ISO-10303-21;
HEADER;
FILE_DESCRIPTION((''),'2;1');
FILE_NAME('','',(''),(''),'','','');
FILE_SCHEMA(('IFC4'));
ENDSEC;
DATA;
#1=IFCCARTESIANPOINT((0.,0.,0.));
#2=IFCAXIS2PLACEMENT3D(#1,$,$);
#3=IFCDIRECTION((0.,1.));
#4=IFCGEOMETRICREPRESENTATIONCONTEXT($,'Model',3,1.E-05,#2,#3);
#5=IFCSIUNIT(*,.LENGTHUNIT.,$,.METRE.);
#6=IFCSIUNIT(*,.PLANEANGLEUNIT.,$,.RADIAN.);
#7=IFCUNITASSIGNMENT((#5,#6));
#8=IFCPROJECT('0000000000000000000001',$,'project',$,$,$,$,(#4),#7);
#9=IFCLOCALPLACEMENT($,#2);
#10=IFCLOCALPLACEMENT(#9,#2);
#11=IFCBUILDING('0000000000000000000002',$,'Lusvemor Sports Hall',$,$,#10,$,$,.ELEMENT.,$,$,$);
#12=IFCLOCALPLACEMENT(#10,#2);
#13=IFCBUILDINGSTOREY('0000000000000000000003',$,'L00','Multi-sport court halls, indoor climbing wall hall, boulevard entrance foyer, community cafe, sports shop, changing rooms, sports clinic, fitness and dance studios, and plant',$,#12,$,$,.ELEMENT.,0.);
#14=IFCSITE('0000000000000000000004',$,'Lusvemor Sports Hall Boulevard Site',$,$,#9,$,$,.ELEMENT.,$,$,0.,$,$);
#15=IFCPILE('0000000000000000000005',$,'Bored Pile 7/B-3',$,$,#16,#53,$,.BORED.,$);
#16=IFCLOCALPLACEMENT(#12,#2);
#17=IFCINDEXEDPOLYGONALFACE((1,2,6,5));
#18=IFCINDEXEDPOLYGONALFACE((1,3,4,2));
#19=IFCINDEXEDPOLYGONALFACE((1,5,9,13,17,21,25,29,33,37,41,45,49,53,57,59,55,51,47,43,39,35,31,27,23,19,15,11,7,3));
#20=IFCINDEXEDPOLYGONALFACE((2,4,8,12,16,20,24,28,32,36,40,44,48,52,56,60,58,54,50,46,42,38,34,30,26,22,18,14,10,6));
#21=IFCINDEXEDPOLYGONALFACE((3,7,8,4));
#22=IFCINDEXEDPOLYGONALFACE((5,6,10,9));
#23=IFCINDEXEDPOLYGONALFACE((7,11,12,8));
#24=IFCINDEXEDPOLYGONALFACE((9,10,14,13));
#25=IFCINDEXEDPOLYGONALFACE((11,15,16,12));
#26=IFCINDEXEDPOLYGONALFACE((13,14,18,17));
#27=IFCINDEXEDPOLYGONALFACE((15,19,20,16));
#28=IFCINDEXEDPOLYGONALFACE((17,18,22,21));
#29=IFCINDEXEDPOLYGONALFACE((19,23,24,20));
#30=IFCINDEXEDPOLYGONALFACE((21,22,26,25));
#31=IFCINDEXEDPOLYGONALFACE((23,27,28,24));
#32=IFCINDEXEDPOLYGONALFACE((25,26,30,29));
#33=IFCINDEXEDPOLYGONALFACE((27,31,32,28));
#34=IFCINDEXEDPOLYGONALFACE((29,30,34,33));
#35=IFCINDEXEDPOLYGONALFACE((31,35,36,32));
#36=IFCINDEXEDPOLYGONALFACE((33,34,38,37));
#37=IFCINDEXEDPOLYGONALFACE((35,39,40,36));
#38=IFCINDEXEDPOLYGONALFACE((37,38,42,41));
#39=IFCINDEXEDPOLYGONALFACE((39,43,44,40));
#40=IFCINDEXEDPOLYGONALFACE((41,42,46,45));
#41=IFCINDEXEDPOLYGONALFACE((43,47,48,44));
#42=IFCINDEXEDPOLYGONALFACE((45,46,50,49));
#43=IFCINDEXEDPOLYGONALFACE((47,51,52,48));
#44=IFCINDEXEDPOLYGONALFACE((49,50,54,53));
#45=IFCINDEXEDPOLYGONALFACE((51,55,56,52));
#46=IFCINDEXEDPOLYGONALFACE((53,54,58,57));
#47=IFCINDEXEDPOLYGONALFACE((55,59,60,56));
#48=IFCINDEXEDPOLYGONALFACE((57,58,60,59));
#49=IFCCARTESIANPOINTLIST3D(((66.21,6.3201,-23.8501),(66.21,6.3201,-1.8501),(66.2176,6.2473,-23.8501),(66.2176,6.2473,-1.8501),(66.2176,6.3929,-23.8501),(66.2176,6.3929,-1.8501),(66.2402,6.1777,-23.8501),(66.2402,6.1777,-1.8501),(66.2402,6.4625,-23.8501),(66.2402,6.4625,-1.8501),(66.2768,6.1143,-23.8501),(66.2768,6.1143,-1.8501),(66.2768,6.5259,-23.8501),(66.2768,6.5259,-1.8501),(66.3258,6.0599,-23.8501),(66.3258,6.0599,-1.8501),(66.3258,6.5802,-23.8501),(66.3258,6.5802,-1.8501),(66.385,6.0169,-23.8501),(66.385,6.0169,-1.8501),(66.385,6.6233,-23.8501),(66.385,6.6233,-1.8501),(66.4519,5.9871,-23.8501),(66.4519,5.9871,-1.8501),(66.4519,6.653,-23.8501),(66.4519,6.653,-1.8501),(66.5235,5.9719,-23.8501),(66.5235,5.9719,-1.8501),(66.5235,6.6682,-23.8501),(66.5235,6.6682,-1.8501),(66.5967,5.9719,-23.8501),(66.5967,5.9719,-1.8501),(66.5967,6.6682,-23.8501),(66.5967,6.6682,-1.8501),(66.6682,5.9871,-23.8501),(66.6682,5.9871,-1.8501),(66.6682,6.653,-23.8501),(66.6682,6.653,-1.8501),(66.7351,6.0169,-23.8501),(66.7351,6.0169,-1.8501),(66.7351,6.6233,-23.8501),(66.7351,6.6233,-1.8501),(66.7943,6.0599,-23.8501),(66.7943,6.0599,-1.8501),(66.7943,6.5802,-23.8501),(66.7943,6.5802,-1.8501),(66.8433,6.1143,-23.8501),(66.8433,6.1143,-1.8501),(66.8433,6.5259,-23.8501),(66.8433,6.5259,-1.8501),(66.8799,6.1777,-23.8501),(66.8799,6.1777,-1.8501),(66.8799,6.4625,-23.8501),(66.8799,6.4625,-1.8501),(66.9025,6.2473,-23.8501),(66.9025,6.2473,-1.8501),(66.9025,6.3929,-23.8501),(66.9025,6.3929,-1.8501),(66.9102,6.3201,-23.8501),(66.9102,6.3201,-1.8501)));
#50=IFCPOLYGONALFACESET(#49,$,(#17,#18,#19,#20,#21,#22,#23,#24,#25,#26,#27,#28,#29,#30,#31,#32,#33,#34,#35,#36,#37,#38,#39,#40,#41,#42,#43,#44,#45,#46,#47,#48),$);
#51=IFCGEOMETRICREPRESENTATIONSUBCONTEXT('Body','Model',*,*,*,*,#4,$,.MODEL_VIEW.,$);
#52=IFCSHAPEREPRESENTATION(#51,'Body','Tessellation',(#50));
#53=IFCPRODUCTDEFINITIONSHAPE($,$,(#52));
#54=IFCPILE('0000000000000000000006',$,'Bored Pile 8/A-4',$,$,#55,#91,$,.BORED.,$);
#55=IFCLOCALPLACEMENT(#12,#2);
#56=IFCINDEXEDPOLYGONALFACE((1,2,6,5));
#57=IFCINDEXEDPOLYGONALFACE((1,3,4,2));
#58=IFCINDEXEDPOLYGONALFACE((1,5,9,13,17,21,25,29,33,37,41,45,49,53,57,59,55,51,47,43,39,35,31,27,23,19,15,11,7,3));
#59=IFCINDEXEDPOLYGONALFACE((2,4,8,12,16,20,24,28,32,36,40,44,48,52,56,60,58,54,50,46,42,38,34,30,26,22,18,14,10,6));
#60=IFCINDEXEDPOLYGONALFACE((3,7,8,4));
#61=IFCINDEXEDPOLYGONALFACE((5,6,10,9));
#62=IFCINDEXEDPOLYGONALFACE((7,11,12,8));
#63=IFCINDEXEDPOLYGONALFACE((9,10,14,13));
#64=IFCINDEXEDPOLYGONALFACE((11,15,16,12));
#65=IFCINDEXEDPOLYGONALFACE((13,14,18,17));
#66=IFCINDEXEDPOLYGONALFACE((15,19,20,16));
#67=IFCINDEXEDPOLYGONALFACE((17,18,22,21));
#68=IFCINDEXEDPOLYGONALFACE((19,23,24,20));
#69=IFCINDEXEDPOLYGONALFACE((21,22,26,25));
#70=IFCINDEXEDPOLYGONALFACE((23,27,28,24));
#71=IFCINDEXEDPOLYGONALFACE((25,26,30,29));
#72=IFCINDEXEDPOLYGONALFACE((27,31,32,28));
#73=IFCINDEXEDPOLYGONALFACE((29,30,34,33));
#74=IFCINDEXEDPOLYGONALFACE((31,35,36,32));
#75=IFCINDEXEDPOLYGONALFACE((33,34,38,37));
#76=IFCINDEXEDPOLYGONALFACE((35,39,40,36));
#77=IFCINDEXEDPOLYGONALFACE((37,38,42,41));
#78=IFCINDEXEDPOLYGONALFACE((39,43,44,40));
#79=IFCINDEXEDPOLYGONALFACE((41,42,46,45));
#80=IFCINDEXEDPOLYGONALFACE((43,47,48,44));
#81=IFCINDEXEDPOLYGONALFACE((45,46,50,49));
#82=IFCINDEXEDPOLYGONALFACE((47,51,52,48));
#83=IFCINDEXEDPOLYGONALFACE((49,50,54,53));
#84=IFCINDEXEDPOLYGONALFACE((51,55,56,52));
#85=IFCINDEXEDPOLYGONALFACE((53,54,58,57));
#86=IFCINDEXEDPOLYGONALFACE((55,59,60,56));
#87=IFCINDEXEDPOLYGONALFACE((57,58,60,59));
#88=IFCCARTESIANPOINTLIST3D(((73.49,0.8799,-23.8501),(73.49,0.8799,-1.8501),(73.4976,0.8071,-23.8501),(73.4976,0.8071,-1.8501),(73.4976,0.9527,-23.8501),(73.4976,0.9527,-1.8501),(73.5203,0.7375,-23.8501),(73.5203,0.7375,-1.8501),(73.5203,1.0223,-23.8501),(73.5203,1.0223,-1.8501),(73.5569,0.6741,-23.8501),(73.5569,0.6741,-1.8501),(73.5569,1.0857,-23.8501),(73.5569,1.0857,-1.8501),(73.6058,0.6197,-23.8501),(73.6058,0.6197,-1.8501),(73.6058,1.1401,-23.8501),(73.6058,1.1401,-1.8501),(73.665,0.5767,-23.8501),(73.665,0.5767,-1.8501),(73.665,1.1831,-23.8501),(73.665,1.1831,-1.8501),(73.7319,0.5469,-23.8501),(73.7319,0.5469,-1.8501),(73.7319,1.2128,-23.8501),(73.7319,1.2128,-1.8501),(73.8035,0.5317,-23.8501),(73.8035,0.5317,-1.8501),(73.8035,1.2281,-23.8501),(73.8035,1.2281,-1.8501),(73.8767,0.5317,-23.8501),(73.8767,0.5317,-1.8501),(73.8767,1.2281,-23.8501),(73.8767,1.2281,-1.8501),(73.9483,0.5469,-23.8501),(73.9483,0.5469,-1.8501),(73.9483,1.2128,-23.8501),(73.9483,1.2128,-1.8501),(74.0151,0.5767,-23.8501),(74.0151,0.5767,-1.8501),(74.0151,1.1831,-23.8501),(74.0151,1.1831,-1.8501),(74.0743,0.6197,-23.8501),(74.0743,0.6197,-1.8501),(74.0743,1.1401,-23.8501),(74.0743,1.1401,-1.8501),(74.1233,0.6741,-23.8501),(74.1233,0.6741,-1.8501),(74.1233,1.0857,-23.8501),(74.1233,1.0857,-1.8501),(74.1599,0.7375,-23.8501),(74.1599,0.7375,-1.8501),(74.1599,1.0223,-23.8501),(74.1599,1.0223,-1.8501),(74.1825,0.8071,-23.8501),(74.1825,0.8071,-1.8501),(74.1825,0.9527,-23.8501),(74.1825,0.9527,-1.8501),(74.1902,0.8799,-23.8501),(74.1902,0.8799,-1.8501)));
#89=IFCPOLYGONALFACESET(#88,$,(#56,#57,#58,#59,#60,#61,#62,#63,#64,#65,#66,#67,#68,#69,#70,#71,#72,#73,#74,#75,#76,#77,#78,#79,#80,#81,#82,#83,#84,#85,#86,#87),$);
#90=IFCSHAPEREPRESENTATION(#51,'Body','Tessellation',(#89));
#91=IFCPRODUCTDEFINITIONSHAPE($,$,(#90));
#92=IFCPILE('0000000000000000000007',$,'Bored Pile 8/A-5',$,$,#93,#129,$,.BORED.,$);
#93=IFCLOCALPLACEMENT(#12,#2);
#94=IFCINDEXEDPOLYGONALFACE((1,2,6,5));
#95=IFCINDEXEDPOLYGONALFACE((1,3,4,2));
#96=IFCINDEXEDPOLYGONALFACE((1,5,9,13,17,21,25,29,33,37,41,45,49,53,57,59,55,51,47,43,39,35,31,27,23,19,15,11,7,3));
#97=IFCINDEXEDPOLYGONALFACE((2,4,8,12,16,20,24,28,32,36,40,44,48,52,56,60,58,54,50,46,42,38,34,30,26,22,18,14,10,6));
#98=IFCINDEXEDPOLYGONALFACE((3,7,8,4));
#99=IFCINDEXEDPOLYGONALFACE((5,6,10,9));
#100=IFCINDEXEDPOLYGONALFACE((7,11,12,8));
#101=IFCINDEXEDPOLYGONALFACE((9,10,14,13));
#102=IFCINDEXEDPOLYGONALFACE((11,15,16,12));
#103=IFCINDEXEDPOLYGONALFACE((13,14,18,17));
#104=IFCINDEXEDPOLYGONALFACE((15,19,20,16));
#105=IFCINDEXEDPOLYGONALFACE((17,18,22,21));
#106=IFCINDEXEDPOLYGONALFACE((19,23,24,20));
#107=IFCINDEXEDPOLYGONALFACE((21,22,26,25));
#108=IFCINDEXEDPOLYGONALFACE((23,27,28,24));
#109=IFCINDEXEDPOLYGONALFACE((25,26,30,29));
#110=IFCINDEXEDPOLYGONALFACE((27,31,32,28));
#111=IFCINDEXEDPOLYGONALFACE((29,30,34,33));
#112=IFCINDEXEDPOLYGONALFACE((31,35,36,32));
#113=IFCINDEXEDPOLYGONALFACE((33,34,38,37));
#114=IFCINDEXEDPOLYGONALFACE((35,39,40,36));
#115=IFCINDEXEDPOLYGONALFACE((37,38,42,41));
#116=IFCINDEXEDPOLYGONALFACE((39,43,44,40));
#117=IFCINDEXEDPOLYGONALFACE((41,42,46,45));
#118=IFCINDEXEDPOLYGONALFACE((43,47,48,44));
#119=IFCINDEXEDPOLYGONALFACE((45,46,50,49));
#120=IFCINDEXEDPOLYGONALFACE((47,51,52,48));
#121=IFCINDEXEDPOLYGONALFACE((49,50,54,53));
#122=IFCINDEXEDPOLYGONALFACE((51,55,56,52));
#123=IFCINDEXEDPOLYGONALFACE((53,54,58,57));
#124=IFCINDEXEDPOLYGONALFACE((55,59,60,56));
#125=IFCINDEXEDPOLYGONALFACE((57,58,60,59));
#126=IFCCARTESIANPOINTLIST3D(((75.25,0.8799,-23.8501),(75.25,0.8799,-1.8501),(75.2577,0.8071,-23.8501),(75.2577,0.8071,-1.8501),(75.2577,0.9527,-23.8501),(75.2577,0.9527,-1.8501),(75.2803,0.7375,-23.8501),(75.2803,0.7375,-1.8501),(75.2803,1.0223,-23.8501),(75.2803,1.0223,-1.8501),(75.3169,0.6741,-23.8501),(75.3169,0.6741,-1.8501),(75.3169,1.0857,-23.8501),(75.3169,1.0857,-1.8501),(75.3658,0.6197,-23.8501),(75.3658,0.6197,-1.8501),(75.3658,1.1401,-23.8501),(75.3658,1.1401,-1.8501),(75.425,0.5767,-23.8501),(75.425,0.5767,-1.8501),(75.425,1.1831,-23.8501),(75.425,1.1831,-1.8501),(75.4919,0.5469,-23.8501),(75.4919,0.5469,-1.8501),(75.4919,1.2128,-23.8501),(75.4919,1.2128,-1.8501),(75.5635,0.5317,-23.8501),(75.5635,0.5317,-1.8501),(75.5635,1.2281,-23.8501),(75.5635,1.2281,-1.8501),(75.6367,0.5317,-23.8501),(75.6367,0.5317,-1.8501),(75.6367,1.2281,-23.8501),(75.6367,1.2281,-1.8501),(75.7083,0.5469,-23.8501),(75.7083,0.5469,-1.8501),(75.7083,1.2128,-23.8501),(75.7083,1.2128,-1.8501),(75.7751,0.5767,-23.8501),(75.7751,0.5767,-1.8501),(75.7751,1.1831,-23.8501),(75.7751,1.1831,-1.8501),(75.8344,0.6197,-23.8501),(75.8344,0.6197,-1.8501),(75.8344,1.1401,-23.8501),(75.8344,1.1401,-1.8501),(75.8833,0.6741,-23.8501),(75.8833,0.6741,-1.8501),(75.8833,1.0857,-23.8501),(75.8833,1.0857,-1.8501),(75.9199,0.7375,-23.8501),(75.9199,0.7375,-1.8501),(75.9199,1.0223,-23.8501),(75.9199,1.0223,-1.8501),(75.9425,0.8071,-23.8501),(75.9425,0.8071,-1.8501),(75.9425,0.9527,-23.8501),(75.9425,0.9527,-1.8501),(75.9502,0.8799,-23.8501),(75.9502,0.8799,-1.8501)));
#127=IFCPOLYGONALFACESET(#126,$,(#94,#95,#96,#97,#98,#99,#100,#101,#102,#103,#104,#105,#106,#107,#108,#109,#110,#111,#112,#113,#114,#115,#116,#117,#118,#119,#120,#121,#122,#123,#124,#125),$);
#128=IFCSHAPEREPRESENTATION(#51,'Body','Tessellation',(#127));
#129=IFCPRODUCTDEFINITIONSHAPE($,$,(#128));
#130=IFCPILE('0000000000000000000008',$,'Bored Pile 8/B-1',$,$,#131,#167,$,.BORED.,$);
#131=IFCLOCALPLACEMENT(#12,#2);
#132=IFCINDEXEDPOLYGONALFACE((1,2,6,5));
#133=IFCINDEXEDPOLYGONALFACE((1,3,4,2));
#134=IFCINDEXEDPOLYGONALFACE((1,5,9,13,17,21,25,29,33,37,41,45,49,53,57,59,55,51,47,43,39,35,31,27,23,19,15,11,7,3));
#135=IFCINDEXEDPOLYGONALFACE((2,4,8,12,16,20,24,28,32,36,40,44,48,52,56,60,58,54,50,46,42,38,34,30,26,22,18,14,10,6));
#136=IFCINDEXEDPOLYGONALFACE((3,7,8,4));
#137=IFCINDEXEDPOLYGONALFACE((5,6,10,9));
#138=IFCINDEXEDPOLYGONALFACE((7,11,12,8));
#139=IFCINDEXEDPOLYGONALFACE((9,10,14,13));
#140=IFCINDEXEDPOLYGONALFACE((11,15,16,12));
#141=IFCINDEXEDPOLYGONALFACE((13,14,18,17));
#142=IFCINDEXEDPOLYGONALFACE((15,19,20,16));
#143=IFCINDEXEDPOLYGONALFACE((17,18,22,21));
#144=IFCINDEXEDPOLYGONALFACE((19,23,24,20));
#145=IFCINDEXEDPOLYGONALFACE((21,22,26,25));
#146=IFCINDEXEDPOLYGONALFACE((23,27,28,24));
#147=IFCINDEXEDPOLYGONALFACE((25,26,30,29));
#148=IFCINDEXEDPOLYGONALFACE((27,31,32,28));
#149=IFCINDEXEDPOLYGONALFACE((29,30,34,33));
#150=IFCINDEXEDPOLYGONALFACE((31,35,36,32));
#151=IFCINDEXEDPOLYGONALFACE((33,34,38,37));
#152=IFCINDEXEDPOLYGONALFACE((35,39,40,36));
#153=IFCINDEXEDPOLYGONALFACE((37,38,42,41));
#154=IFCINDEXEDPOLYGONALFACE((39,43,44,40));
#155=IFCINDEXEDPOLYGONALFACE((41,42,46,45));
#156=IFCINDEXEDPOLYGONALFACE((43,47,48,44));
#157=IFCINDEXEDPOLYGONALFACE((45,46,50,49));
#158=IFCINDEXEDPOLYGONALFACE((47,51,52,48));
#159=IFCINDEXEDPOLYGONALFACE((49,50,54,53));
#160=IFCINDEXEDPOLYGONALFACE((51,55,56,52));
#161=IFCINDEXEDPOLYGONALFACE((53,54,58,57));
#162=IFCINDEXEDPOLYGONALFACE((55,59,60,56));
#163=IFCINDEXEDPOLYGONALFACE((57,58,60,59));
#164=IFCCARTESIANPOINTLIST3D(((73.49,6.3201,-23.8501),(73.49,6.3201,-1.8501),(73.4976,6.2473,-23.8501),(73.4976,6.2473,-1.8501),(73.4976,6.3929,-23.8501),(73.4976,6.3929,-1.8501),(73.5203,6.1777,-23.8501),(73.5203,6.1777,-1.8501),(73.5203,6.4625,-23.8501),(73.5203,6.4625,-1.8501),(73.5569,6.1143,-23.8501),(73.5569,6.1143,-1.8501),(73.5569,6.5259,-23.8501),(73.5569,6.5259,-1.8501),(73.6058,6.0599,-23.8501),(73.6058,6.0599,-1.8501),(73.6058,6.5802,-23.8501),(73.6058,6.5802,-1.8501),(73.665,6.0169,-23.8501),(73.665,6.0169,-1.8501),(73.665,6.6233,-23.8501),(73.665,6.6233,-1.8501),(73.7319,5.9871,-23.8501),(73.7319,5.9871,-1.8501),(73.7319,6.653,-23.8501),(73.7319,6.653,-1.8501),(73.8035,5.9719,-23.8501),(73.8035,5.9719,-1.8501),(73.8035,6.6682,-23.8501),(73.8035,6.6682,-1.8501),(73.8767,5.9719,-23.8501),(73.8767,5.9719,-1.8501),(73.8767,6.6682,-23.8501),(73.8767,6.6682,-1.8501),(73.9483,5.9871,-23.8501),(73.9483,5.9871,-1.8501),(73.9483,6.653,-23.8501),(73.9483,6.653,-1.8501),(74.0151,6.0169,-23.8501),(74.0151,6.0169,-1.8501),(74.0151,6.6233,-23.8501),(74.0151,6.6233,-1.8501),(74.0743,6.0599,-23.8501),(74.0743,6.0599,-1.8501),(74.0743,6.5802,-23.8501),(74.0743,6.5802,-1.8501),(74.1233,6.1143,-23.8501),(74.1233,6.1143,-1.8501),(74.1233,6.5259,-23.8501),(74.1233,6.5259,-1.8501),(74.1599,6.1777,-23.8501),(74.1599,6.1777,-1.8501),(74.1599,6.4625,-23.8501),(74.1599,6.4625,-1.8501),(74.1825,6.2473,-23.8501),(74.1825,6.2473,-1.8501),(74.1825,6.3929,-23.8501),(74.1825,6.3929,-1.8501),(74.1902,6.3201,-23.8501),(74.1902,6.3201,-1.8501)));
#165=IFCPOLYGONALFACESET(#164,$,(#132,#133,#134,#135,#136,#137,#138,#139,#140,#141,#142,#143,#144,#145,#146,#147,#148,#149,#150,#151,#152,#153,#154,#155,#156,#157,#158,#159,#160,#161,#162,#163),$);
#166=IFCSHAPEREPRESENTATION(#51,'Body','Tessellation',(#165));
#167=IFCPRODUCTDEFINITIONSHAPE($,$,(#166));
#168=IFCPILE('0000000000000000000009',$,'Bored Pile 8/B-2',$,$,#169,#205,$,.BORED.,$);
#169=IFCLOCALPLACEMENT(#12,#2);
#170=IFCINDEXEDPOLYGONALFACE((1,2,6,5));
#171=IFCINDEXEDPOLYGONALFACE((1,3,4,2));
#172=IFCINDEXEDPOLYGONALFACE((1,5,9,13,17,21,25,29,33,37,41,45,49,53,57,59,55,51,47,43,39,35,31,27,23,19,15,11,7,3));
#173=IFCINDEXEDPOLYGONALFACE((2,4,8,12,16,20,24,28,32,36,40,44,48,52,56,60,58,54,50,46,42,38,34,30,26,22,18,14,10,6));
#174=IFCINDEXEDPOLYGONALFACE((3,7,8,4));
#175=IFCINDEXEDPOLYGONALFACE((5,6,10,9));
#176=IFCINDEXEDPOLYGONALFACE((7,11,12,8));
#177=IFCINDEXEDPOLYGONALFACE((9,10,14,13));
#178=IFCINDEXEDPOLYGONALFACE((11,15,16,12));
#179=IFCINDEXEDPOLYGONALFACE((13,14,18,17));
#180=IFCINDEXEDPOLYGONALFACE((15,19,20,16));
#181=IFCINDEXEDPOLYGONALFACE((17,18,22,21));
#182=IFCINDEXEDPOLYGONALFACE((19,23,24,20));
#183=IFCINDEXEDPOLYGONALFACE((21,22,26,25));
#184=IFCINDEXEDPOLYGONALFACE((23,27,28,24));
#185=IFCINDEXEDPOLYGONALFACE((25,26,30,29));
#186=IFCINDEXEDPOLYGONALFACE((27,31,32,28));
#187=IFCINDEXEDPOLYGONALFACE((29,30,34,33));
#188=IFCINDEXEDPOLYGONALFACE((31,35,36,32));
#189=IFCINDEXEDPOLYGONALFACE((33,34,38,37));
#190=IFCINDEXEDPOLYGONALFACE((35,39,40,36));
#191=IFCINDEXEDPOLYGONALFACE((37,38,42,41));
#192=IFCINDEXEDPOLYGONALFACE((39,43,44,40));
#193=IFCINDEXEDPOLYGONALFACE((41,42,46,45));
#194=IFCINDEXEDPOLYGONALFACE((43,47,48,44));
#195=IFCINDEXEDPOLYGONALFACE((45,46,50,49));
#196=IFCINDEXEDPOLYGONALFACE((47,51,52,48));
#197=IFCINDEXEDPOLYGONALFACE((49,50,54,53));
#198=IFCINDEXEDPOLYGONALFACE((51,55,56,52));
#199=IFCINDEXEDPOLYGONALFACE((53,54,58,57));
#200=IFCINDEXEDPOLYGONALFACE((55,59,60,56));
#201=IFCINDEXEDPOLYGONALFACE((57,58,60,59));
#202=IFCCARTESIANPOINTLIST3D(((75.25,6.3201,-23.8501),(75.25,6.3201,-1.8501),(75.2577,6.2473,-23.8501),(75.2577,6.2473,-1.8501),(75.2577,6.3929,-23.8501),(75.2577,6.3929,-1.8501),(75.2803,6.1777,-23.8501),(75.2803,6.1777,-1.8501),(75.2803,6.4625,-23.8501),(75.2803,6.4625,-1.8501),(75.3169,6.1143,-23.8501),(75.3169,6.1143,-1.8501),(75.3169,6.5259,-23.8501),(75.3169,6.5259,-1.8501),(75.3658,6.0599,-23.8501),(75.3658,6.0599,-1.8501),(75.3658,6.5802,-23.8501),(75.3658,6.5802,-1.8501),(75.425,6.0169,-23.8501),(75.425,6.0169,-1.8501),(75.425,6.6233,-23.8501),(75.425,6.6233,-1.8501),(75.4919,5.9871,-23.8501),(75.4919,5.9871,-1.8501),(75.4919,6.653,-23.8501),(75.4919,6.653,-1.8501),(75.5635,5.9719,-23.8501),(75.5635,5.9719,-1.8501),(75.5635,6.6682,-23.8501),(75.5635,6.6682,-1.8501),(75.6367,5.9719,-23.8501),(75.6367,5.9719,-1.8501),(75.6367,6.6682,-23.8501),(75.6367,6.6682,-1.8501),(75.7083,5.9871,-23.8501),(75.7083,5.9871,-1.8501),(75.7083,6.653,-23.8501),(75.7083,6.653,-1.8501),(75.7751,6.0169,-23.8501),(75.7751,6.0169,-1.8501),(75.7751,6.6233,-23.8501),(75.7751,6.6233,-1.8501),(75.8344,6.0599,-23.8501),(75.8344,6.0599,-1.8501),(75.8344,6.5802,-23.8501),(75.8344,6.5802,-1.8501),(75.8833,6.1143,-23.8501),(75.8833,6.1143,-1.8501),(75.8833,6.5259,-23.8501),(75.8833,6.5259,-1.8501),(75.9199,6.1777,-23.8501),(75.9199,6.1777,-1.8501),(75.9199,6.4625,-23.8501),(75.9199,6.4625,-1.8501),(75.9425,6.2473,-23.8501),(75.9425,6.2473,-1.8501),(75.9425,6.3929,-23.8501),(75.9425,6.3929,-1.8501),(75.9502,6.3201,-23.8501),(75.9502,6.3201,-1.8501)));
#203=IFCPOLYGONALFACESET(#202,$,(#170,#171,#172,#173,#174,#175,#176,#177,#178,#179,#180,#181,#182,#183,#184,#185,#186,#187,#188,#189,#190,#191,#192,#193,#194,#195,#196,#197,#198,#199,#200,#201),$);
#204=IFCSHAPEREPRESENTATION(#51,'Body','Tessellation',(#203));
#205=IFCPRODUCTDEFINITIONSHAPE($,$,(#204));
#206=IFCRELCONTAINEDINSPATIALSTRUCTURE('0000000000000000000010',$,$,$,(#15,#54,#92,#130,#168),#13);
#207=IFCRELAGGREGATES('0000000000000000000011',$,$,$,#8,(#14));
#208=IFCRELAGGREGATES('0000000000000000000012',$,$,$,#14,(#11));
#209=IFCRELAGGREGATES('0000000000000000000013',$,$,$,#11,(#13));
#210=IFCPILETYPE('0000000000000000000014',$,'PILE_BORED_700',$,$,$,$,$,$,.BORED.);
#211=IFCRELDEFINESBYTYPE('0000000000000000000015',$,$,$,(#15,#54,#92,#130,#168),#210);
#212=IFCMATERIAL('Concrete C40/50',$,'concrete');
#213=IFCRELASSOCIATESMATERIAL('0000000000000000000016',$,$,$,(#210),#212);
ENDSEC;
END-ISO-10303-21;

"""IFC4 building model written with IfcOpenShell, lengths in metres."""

from ifc_helpers import new_model, si_unit, direction, frame, origin, origin_2d, place, context, subcontext, project, spatial, circle, extrude, material, material_profile, profile_set, type_object, element, save


model = new_model("IFC4")

# Units and contexts
model_context = context("Model", 3, precision=1e-05, world=origin(), true_north=direction((0.0, 1.0)))
body_context = subcontext(model_context, "Body", "Model", "MODEL_VIEW")
ifc_project = project(units=[si_unit("LENGTHUNIT", "METRE"), si_unit("PLANEANGLEUNIT", "RADIAN")], contexts=[model_context])

# Site, building, storey
site_placement = place(None, origin())
site = spatial("IfcSite", under=ifc_project, at=site_placement, Name="Lusvemor Sports Hall Boulevard Site", CompositionType="ELEMENT", RefElevation=0.0)
building_placement = place(site_placement, origin())
building = spatial("IfcBuilding", under=site, at=building_placement, Name="Lusvemor Sports Hall", CompositionType="ELEMENT")
storey_placement = place(building_placement, origin())
storey = spatial("IfcBuildingStorey", under=building, at=storey_placement, Name="L00", Description="Multi-sport court halls, indoor climbing wall hall, boulevard entrance foyer, community cafe, sports shop, changing rooms, sports clinic, fitness and dance studios, and plant", CompositionType="ELEMENT", Elevation=0.0)

# Piles
ifc_material_1 = material(Name="Concrete C40/50", Category="concrete")
ifc_material_profile_1 = material_profile(ifc_material_1, circle(Radius=0.3501, at=origin_2d()), Name="PILE700")
ifc_profile_set_1 = profile_set([ifc_material_profile_1], Name="Concrete C40/50")
pile_type = type_object("IfcPileType", Name="PILE_BORED_700", PredefinedType="BORED", material=ifc_profile_set_1)
for number, where, z_axis, x_axis, name in (
    (1, (66.5601, 6.3201, -1.8501), (0.0, 0.0, -1.0), (1.0, 0.0, 0.0), "Bored Pile 7/B-3"),
    (2, (73.8401, 0.8799, -1.8501), (0.0, 0.0, -1.0), (1.0, 0.0, 0.0), "Bored Pile 8/A-4"),
    (3, (75.6001, 0.8799, -1.8501), (0.0, 0.0, -1.0), (1.0, 0.0, 0.0), "Bored Pile 8/A-5"),
    (4, (73.8401, 6.3201, -1.8501), (0.0, 0.0, -1.0), (1.0, 0.0, 0.0), "Bored Pile 8/B-1"),
    (5, (75.6001, 6.3201, -1.8501), (0.0, 0.0, -1.0), (1.0, 0.0, 0.0), "Bored Pile 8/B-2"),
):
    element("IfcPile", number, at=place(storey_placement, frame(where, z_axis=z_axis, x_axis=x_axis)), inside=storey, type_object=pile_type, Name=name, PredefinedType="BORED", context=body_context, shape_type="SweptSolid", body=[
        extrude(circle(Radius=0.3501, at=origin_2d()), origin(), (0.0, 0.0, 1.0), 22.0),
    ])

save(model, "model.ifc")
